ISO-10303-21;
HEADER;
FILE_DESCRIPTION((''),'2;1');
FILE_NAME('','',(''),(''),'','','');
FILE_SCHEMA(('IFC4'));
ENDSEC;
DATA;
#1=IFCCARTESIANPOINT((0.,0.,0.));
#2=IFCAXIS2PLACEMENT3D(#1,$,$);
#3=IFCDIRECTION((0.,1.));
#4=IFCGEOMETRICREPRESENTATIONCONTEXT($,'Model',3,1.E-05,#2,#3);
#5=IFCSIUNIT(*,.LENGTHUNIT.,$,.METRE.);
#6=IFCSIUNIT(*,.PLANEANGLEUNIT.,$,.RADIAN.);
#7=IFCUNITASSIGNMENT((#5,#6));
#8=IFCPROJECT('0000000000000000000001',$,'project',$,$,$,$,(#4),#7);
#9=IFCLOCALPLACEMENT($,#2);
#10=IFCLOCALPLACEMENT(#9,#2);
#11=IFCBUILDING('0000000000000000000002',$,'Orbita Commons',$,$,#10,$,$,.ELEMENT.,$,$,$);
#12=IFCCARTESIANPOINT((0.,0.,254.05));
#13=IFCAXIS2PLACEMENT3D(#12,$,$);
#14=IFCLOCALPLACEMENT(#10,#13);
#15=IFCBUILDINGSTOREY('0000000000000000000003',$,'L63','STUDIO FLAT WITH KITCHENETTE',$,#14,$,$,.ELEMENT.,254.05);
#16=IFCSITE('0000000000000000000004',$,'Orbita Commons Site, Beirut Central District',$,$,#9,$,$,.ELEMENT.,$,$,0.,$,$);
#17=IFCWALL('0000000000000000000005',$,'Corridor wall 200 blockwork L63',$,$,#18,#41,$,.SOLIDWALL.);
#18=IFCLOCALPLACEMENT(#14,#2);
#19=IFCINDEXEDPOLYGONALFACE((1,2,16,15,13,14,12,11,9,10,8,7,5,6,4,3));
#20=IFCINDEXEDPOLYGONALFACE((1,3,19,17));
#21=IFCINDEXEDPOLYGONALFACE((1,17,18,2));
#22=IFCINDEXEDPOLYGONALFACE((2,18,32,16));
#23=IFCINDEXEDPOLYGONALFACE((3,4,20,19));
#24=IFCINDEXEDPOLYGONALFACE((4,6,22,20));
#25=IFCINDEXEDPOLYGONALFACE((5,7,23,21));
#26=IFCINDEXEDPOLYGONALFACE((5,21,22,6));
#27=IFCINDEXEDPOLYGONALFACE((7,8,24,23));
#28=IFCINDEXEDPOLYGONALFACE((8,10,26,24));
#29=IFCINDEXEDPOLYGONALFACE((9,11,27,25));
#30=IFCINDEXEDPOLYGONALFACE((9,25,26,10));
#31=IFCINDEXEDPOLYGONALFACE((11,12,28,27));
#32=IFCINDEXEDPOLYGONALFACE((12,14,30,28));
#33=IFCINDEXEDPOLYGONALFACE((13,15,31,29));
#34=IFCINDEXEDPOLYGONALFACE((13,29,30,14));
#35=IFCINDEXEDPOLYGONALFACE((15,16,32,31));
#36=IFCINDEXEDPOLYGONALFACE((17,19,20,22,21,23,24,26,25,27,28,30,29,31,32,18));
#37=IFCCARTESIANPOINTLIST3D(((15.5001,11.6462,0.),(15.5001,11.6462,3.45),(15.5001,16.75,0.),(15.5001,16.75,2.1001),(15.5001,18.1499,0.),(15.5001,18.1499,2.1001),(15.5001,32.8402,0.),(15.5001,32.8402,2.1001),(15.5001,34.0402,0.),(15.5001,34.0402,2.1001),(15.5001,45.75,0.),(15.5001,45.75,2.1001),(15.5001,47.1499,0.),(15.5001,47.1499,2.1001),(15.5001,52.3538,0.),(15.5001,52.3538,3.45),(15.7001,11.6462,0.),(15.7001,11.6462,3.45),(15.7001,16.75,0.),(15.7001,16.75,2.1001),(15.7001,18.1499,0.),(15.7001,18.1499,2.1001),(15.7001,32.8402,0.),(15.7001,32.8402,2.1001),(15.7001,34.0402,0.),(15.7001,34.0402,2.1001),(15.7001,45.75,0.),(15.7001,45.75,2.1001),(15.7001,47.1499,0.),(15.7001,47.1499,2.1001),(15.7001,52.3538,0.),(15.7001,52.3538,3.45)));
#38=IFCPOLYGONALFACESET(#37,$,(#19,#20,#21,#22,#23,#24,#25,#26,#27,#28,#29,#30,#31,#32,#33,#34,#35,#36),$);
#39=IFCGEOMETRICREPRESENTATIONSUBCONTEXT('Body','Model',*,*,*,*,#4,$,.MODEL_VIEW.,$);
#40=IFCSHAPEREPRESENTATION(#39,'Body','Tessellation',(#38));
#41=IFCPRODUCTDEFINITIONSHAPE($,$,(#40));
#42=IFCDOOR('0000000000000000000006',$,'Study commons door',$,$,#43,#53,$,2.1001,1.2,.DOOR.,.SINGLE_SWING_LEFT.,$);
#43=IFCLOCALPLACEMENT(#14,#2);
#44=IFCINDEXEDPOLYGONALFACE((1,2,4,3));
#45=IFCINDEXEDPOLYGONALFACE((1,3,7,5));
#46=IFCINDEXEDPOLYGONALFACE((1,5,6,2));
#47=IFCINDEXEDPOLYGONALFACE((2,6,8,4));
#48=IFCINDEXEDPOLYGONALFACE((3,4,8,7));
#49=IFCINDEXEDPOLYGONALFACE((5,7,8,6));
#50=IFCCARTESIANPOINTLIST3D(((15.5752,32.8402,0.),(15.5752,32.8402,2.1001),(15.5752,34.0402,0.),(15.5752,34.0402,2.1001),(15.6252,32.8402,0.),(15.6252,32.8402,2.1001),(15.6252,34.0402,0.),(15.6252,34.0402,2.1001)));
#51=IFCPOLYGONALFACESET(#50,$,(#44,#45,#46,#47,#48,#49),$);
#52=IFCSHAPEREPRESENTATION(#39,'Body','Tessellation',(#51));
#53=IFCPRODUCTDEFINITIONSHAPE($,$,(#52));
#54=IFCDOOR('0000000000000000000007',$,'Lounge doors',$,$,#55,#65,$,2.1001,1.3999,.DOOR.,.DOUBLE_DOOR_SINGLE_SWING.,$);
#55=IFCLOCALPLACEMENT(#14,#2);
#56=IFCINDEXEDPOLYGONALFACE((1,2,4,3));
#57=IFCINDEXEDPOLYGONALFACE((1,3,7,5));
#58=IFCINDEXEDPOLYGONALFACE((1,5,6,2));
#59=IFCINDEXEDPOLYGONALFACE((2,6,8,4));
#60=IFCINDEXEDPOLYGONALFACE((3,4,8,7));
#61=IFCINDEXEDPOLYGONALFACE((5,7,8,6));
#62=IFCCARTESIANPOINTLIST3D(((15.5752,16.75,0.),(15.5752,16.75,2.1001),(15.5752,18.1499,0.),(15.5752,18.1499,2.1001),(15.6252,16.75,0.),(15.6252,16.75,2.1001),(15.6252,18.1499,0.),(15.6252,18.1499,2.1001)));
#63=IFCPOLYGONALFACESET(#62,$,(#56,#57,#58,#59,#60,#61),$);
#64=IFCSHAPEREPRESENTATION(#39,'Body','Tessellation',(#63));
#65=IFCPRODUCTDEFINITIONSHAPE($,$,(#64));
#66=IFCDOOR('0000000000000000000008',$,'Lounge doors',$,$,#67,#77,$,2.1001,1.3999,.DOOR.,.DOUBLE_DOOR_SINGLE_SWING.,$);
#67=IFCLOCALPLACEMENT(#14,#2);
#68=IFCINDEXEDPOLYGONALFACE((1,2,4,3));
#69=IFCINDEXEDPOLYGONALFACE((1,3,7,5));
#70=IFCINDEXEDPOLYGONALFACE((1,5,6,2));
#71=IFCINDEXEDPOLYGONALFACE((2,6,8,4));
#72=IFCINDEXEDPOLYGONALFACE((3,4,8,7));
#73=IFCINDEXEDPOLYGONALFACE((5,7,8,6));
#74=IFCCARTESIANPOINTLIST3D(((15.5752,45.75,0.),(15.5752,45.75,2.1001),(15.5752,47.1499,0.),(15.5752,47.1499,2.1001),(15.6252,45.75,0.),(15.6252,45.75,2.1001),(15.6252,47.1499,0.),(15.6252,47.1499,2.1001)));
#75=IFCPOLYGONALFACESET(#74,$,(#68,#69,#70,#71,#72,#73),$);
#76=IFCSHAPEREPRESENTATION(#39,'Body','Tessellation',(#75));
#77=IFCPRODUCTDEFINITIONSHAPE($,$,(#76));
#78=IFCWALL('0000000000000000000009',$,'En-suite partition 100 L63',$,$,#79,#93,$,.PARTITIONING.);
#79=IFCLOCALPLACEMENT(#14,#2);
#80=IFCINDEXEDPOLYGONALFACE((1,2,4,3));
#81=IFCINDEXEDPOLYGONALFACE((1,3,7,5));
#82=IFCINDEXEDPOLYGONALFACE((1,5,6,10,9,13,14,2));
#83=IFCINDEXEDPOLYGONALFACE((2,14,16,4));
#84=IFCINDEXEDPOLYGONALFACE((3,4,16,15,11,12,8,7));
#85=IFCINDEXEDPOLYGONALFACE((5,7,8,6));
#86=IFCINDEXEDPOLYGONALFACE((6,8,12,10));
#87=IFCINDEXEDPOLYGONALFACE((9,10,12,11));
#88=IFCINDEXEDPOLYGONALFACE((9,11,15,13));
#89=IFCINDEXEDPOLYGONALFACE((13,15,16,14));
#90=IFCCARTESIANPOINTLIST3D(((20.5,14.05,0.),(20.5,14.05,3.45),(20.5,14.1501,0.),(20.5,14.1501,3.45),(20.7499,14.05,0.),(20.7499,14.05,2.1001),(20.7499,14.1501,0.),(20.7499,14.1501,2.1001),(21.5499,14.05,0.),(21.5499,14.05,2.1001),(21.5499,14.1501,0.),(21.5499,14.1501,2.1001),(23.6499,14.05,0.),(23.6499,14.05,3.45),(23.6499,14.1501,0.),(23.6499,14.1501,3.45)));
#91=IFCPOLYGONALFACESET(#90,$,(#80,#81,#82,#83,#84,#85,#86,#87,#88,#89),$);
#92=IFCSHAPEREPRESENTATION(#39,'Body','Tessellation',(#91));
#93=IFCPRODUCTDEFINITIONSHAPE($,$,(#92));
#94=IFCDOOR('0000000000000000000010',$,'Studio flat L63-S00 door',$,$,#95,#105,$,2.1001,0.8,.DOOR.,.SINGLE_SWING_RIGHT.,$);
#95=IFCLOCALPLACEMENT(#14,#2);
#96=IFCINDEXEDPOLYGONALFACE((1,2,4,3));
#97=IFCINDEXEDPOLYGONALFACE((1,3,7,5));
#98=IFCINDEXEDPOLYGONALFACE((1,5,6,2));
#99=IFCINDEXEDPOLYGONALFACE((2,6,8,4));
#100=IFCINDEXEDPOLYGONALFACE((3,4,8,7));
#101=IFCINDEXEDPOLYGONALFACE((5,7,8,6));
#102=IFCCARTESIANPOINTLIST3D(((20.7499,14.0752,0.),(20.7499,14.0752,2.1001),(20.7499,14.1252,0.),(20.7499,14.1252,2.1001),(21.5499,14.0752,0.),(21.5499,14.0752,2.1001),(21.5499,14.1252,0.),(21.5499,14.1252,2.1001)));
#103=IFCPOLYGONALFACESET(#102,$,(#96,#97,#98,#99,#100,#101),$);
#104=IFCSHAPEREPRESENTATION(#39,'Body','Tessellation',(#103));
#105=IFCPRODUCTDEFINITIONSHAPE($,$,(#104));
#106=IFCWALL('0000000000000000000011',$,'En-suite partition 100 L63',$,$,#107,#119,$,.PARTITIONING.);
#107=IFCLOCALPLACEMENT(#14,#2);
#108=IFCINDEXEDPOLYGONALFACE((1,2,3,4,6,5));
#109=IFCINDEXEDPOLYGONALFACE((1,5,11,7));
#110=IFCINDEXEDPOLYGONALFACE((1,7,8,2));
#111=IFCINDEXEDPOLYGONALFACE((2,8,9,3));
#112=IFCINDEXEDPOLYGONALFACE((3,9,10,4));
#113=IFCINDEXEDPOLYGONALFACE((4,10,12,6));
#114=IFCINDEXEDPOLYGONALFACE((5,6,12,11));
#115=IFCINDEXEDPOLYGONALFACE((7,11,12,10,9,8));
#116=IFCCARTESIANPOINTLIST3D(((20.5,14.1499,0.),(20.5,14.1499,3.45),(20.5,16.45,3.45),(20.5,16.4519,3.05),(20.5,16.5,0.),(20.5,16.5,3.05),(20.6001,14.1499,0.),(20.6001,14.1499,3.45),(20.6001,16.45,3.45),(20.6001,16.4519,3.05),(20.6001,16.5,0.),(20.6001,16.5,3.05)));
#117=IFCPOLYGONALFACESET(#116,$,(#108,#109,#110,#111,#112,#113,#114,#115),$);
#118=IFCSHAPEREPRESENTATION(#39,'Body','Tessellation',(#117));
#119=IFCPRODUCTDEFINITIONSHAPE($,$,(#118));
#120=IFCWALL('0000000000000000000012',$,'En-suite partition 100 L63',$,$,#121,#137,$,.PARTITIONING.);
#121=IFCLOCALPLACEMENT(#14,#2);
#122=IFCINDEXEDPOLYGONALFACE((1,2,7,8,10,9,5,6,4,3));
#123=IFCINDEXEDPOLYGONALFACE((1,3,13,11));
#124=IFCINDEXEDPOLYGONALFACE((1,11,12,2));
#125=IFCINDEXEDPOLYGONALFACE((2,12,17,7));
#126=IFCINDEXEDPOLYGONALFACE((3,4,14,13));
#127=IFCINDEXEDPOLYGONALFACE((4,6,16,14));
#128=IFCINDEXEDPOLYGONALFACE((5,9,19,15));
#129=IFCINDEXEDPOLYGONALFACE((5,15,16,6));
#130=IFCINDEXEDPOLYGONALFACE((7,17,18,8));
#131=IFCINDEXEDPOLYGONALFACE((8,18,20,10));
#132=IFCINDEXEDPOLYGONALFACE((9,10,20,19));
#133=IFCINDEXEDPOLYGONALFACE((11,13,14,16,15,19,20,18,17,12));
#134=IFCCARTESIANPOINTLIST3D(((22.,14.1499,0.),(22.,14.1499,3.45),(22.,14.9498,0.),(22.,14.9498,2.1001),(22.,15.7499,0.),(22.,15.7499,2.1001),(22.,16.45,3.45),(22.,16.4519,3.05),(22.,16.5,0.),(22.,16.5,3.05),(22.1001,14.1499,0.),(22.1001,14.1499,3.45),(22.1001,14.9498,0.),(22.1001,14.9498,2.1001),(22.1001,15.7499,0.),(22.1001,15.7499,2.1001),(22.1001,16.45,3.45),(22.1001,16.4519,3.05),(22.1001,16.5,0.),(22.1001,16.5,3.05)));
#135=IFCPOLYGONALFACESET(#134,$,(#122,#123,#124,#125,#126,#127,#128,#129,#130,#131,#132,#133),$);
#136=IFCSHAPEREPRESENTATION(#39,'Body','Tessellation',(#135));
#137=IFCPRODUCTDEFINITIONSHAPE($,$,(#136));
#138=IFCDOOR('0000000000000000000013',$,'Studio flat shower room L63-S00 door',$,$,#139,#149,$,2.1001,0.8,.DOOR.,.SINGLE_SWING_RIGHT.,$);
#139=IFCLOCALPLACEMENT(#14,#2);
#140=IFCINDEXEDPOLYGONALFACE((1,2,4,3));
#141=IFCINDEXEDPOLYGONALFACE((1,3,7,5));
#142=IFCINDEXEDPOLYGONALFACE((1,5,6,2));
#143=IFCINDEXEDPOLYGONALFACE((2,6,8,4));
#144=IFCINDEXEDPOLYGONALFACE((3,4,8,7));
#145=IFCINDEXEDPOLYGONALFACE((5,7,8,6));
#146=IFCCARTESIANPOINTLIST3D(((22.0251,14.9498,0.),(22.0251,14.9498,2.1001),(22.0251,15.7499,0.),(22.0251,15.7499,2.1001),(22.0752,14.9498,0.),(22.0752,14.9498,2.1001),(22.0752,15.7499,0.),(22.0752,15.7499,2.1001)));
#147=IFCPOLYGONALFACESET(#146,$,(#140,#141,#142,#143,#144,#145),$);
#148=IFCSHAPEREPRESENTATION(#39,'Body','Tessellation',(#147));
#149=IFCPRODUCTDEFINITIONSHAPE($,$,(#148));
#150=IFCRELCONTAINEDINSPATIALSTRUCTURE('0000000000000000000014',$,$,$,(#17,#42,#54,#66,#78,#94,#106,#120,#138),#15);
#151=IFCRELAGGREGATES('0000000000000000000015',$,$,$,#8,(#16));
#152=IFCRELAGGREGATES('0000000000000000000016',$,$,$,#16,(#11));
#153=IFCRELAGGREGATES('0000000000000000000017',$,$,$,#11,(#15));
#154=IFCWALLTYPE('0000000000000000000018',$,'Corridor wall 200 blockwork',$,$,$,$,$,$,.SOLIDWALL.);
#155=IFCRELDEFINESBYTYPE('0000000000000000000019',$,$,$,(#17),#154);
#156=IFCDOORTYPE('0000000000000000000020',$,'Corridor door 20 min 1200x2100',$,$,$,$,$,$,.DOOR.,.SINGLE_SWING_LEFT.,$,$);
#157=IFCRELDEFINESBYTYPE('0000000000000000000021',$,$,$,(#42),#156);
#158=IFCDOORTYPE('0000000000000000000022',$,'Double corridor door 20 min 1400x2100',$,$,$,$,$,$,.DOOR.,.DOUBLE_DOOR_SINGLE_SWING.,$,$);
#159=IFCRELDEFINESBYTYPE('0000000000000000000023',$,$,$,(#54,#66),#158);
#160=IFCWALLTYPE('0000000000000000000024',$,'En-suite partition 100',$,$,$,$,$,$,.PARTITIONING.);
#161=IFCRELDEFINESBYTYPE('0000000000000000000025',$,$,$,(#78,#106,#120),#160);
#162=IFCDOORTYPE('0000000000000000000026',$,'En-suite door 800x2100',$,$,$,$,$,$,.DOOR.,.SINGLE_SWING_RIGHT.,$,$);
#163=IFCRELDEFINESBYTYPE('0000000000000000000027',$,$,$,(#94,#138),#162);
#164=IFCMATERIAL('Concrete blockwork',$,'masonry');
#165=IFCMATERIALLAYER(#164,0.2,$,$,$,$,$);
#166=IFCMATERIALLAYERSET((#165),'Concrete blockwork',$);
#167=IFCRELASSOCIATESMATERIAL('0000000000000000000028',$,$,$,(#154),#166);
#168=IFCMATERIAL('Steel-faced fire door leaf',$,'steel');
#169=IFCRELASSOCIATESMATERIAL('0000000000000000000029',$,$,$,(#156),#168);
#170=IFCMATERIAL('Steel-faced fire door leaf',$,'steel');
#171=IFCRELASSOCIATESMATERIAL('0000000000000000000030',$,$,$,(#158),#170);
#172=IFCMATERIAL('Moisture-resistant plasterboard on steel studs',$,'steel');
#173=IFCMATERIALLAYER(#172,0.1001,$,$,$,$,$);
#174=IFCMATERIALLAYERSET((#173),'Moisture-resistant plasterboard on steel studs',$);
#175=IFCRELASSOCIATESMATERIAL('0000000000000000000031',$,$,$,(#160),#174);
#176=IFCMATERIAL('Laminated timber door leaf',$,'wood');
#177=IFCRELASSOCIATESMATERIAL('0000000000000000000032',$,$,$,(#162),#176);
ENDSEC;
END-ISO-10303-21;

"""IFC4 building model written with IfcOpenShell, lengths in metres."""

from ifc_helpers import new_model, si_unit, direction, frame, frame_2d, origin, place, context, subcontext, project, spatial, polyline, rectangle, outline, extrude, material, layer, layer_set, type_object, element, fill, save


model = new_model("IFC4")

# Units and contexts
model_context = context("Model", 3, precision=1e-05, world=origin(), true_north=direction((0.0, 1.0)))
body_context = subcontext(model_context, "Body", "Model", "MODEL_VIEW")
ifc_project = project(units=[si_unit("LENGTHUNIT", "METRE"), si_unit("PLANEANGLEUNIT", "RADIAN")], contexts=[model_context])

# Site, building, storey
site_placement = place(None, origin())
site = spatial("IfcSite", under=ifc_project, at=site_placement, Name="Orbita Commons Site, Beirut Central District", CompositionType="ELEMENT", RefElevation=0.0)
building_placement = place(site_placement, origin())
building = spatial("IfcBuilding", under=site, at=building_placement, Name="Orbita Commons", CompositionType="ELEMENT")
storey_placement = place(building_placement, frame((0.0, 0.0, 254.05)))
storey = spatial("IfcBuildingStorey", under=building, at=storey_placement, Name="L63", Description="STUDIO FLAT WITH KITCHENETTE", CompositionType="ELEMENT", Elevation=254.05)

# Shared definitions
ifc_material_1 = material(Name="Concrete blockwork", Category="masonry")
ifc_layer_1 = layer(ifc_material_1, 0.2)
ifc_layer_set_1 = layer_set([ifc_layer_1], Name="Concrete blockwork")
wall_type_1 = type_object("IfcWallType", Name="Corridor wall 200 blockwork", PredefinedType="SOLIDWALL", material=ifc_layer_set_1)

# Wall, openings, doors
wall_1_placement = place(storey_placement, frame((15.6001, 11.6462, 0.0), z_axis=(0.0, 0.0, 1.0), x_axis=(0.0, 1.0, 0.0)))
wall_1 = element("IfcWall", 1, at=wall_1_placement, inside=storey, type_object=wall_type_1, Name="Corridor wall 200 blockwork L63", PredefinedType="SOLIDWALL", context=body_context, shape_type="SweptSolid", body=[
    extrude(rectangle(XDim=40.7075, YDim=0.2, at=frame_2d((20.3538, 0.0))), origin(), (0.0, 0.0, 1.0), 3.45),
])
opening_1_placement = place(wall_1_placement, frame((21.1938, 0.0, 0.0)))
opening_1 = element("IfcOpeningElement", 2, at=opening_1_placement, cuts=wall_1, PredefinedType="OPENING", context=body_context, shape_type="SweptSolid", body=[
    extrude(rectangle(XDim=1.2, YDim=2.1001, at=frame_2d((0.6001, 1.05))), frame((0.0, 0.1099, 0.0), z_axis=(0.0, -1.0, 0.0), x_axis=(1.0, 0.0, 0.0)), (0.0, 0.0, 1.0), 0.22),
])
opening_2_placement = place(wall_1_placement, frame((5.1038, 0.0, 0.0)))
opening_2 = element("IfcOpeningElement", 3, at=opening_2_placement, cuts=wall_1, PredefinedType="OPENING", context=body_context, shape_type="SweptSolid", body=[
    extrude(rectangle(XDim=1.3999, YDim=2.1001, at=frame_2d((0.7, 1.05))), frame((0.0, 0.1099, 0.0), z_axis=(0.0, -1.0, 0.0), x_axis=(1.0, 0.0, 0.0)), (0.0, 0.0, 1.0), 0.22),
])
opening_3_placement = place(wall_1_placement, frame((34.1038, 0.0, 0.0)))
opening_3 = element("IfcOpeningElement", 4, at=opening_3_placement, cuts=wall_1, PredefinedType="OPENING", context=body_context, shape_type="SweptSolid", body=[
    extrude(rectangle(XDim=1.3999, YDim=2.1001, at=frame_2d((0.7, 1.05))), frame((0.0, 0.1099, 0.0), z_axis=(0.0, -1.0, 0.0), x_axis=(1.0, 0.0, 0.0)), (0.0, 0.0, 1.0), 0.22),
])
ifc_material_2 = material(Name="Steel-faced fire door leaf", Category="steel")
door_type_1 = type_object("IfcDoorType", Name="Corridor door 20 min 1200x2100", OperationType="SINGLE_SWING_LEFT", PredefinedType="DOOR", material=ifc_material_2)
door_1_placement = place(opening_1_placement, origin())
door_1 = element("IfcDoor", 5, at=door_1_placement, inside=storey, type_object=door_type_1, Name="Study commons door", OperationType="SINGLE_SWING_LEFT", OverallHeight=2.1001, OverallWidth=1.2, PredefinedType="DOOR", context=body_context, shape_type="SweptSolid", body=[
    extrude(rectangle(XDim=1.2, YDim=2.1001, at=frame_2d((0.6001, 1.05))), frame((0.0, 0.0249, 0.0), z_axis=(0.0, -1.0, 0.0), x_axis=(1.0, 0.0, 0.0)), (0.0, 0.0, 1.0), 0.05),
])
fill(opening_1, door_1)
ifc_material_3 = material(Name="Steel-faced fire door leaf", Category="steel")
door_type_2 = type_object("IfcDoorType", Name="Double corridor door 20 min 1400x2100", OperationType="DOUBLE_DOOR_SINGLE_SWING", PredefinedType="DOOR", material=ifc_material_3)
door_2_placement = place(opening_2_placement, origin())
door_2 = element("IfcDoor", 6, at=door_2_placement, inside=storey, type_object=door_type_2, Name="Lounge doors", OperationType="DOUBLE_DOOR_SINGLE_SWING", OverallHeight=2.1001, OverallWidth=1.3999, PredefinedType="DOOR", context=body_context, shape_type="SweptSolid", body=[
    extrude(rectangle(XDim=1.3999, YDim=2.1001, at=frame_2d((0.7, 1.05))), frame((0.0, 0.0249, 0.0), z_axis=(0.0, -1.0, 0.0), x_axis=(1.0, 0.0, 0.0)), (0.0, 0.0, 1.0), 0.05),
])
fill(opening_2, door_2)
door_3_placement = place(opening_3_placement, origin())
door_3 = element("IfcDoor", 7, at=door_3_placement, inside=storey, type_object=door_type_2, Name="Lounge doors", OperationType="DOUBLE_DOOR_SINGLE_SWING", OverallHeight=2.1001, OverallWidth=1.3999, PredefinedType="DOOR", context=body_context, shape_type="SweptSolid", body=[
    extrude(rectangle(XDim=1.3999, YDim=2.1001, at=frame_2d((0.7, 1.05))), frame((0.0, 0.0249, 0.0), z_axis=(0.0, -1.0, 0.0), x_axis=(1.0, 0.0, 0.0)), (0.0, 0.0, 1.0), 0.05),
])
fill(opening_3, door_3)

# Wall, opening, door
ifc_material_4 = material(Name="Moisture-resistant plasterboard on steel studs", Category="steel")
ifc_layer_2 = layer(ifc_material_4, 0.1001)
ifc_layer_set_2 = layer_set([ifc_layer_2], Name="Moisture-resistant plasterboard on steel studs")
wall_type_2 = type_object("IfcWallType", Name="En-suite partition 100", PredefinedType="PARTITIONING", material=ifc_layer_set_2)
wall_2_placement = place(storey_placement, frame((23.6499, 14.1001, 0.0), z_axis=(0.0, 0.0, 1.0), x_axis=(-1.0, 0.0, 0.0)))
wall_2 = element("IfcWall", 8, at=wall_2_placement, inside=storey, type_object=wall_type_2, Name="En-suite partition 100 L63", PredefinedType="PARTITIONING", context=body_context, shape_type="SweptSolid", body=[
    extrude(rectangle(XDim=3.1499, YDim=0.1001, at=frame_2d((1.575, 0.0))), origin(), (0.0, 0.0, 1.0), 3.45),
])
opening_4_placement = place(wall_2_placement, frame((2.1001, 0.0, 0.0)))
opening_4 = element("IfcOpeningElement", 9, at=opening_4_placement, cuts=wall_2, PredefinedType="OPENING", context=body_context, shape_type="SweptSolid", body=[
    extrude(rectangle(XDim=0.8, YDim=2.1001, at=frame_2d((0.3999, 1.05))), frame((0.0, 0.0601, 0.0), z_axis=(0.0, -1.0, 0.0), x_axis=(1.0, 0.0, 0.0)), (0.0, 0.0, 1.0), 0.1201),
])
ifc_material_5 = material(Name="Laminated timber door leaf", Category="wood")
door_type_3 = type_object("IfcDoorType", Name="En-suite door 800x2100", OperationType="SINGLE_SWING_RIGHT", PredefinedType="DOOR", material=ifc_material_5)
door_4_placement = place(opening_4_placement, origin())
door_4 = element("IfcDoor", 10, at=door_4_placement, inside=storey, type_object=door_type_3, Name="Studio flat L63-S00 door", OperationType="SINGLE_SWING_RIGHT", OverallHeight=2.1001, OverallWidth=0.8, PredefinedType="DOOR", context=body_context, shape_type="SweptSolid", body=[
    extrude(rectangle(XDim=0.8, YDim=2.1001, at=frame_2d((0.3999, 1.05))), frame((0.0, 0.0249, 0.0), z_axis=(0.0, -1.0, 0.0), x_axis=(1.0, 0.0, 0.0)), (0.0, 0.0, 1.0), 0.05),
])
fill(opening_4, door_4)

# Wall
wall_3_placement = place(storey_placement, frame((20.55, 14.1499, 0.0), z_axis=(0.0, 0.0, 1.0), x_axis=(0.0, 1.0, 0.0)))
element("IfcWall", 11, at=wall_3_placement, inside=storey, type_object=wall_type_2, Name="En-suite partition 100 L63", PredefinedType="PARTITIONING", context=body_context, shape_type="SweptSolid", body=[
    extrude(outline(polyline([(0.0, 0.0), (2.3501, 0.0), (2.3501, 3.05), (2.302, 3.05), (2.3, 3.45), (0.0, 3.45), (0.0, 0.0)])), frame((0.0, 0.05, 0.0), z_axis=(0.0, -1.0, 0.0), x_axis=(1.0, 0.0, 0.0)), (0.0, 0.0, 1.0), 0.1001),
])

# Wall, opening, door
wall_4_placement = place(storey_placement, frame((22.05, 14.1499, 0.0), z_axis=(0.0, 0.0, 1.0), x_axis=(0.0, 1.0, 0.0)))
wall_4 = element("IfcWall", 12, at=wall_4_placement, inside=storey, type_object=wall_type_2, Name="En-suite partition 100 L63", PredefinedType="PARTITIONING", context=body_context, shape_type="SweptSolid", body=[
    extrude(outline(polyline([(0.0, 0.0), (2.3501, 0.0), (2.3501, 3.05), (2.302, 3.05), (2.3, 3.45), (0.0, 3.45), (0.0, 0.0)])), frame((0.0, 0.05, 0.0), z_axis=(0.0, -1.0, 0.0), x_axis=(1.0, 0.0, 0.0)), (0.0, 0.0, 1.0), 0.1001),
])
opening_5_placement = place(wall_4_placement, frame((0.8, 0.0, 0.0)))
opening_5 = element("IfcOpeningElement", 13, at=opening_5_placement, cuts=wall_4, PredefinedType="OPENING", context=body_context, shape_type="SweptSolid", body=[
    extrude(rectangle(XDim=0.8, YDim=2.1001, at=frame_2d((0.3999, 1.05))), frame((0.0, 0.0601, 0.0), z_axis=(0.0, -1.0, 0.0), x_axis=(1.0, 0.0, 0.0)), (0.0, 0.0, 1.0), 0.1201),
])
door_5_placement = place(opening_5_placement, origin())
door_5 = element("IfcDoor", 14, at=door_5_placement, inside=storey, type_object=door_type_3, Name="Studio flat shower room L63-S00 door", OperationType="SINGLE_SWING_RIGHT", OverallHeight=2.1001, OverallWidth=0.8, PredefinedType="DOOR", context=body_context, shape_type="SweptSolid", body=[
    extrude(rectangle(XDim=0.8, YDim=2.1001, at=frame_2d((0.3999, 1.05))), frame((0.0, 0.0249, 0.0), z_axis=(0.0, -1.0, 0.0), x_axis=(1.0, 0.0, 0.0)), (0.0, 0.0, 1.0), 0.05),
])
fill(opening_5, door_5)

save(model, "model.ifc")
